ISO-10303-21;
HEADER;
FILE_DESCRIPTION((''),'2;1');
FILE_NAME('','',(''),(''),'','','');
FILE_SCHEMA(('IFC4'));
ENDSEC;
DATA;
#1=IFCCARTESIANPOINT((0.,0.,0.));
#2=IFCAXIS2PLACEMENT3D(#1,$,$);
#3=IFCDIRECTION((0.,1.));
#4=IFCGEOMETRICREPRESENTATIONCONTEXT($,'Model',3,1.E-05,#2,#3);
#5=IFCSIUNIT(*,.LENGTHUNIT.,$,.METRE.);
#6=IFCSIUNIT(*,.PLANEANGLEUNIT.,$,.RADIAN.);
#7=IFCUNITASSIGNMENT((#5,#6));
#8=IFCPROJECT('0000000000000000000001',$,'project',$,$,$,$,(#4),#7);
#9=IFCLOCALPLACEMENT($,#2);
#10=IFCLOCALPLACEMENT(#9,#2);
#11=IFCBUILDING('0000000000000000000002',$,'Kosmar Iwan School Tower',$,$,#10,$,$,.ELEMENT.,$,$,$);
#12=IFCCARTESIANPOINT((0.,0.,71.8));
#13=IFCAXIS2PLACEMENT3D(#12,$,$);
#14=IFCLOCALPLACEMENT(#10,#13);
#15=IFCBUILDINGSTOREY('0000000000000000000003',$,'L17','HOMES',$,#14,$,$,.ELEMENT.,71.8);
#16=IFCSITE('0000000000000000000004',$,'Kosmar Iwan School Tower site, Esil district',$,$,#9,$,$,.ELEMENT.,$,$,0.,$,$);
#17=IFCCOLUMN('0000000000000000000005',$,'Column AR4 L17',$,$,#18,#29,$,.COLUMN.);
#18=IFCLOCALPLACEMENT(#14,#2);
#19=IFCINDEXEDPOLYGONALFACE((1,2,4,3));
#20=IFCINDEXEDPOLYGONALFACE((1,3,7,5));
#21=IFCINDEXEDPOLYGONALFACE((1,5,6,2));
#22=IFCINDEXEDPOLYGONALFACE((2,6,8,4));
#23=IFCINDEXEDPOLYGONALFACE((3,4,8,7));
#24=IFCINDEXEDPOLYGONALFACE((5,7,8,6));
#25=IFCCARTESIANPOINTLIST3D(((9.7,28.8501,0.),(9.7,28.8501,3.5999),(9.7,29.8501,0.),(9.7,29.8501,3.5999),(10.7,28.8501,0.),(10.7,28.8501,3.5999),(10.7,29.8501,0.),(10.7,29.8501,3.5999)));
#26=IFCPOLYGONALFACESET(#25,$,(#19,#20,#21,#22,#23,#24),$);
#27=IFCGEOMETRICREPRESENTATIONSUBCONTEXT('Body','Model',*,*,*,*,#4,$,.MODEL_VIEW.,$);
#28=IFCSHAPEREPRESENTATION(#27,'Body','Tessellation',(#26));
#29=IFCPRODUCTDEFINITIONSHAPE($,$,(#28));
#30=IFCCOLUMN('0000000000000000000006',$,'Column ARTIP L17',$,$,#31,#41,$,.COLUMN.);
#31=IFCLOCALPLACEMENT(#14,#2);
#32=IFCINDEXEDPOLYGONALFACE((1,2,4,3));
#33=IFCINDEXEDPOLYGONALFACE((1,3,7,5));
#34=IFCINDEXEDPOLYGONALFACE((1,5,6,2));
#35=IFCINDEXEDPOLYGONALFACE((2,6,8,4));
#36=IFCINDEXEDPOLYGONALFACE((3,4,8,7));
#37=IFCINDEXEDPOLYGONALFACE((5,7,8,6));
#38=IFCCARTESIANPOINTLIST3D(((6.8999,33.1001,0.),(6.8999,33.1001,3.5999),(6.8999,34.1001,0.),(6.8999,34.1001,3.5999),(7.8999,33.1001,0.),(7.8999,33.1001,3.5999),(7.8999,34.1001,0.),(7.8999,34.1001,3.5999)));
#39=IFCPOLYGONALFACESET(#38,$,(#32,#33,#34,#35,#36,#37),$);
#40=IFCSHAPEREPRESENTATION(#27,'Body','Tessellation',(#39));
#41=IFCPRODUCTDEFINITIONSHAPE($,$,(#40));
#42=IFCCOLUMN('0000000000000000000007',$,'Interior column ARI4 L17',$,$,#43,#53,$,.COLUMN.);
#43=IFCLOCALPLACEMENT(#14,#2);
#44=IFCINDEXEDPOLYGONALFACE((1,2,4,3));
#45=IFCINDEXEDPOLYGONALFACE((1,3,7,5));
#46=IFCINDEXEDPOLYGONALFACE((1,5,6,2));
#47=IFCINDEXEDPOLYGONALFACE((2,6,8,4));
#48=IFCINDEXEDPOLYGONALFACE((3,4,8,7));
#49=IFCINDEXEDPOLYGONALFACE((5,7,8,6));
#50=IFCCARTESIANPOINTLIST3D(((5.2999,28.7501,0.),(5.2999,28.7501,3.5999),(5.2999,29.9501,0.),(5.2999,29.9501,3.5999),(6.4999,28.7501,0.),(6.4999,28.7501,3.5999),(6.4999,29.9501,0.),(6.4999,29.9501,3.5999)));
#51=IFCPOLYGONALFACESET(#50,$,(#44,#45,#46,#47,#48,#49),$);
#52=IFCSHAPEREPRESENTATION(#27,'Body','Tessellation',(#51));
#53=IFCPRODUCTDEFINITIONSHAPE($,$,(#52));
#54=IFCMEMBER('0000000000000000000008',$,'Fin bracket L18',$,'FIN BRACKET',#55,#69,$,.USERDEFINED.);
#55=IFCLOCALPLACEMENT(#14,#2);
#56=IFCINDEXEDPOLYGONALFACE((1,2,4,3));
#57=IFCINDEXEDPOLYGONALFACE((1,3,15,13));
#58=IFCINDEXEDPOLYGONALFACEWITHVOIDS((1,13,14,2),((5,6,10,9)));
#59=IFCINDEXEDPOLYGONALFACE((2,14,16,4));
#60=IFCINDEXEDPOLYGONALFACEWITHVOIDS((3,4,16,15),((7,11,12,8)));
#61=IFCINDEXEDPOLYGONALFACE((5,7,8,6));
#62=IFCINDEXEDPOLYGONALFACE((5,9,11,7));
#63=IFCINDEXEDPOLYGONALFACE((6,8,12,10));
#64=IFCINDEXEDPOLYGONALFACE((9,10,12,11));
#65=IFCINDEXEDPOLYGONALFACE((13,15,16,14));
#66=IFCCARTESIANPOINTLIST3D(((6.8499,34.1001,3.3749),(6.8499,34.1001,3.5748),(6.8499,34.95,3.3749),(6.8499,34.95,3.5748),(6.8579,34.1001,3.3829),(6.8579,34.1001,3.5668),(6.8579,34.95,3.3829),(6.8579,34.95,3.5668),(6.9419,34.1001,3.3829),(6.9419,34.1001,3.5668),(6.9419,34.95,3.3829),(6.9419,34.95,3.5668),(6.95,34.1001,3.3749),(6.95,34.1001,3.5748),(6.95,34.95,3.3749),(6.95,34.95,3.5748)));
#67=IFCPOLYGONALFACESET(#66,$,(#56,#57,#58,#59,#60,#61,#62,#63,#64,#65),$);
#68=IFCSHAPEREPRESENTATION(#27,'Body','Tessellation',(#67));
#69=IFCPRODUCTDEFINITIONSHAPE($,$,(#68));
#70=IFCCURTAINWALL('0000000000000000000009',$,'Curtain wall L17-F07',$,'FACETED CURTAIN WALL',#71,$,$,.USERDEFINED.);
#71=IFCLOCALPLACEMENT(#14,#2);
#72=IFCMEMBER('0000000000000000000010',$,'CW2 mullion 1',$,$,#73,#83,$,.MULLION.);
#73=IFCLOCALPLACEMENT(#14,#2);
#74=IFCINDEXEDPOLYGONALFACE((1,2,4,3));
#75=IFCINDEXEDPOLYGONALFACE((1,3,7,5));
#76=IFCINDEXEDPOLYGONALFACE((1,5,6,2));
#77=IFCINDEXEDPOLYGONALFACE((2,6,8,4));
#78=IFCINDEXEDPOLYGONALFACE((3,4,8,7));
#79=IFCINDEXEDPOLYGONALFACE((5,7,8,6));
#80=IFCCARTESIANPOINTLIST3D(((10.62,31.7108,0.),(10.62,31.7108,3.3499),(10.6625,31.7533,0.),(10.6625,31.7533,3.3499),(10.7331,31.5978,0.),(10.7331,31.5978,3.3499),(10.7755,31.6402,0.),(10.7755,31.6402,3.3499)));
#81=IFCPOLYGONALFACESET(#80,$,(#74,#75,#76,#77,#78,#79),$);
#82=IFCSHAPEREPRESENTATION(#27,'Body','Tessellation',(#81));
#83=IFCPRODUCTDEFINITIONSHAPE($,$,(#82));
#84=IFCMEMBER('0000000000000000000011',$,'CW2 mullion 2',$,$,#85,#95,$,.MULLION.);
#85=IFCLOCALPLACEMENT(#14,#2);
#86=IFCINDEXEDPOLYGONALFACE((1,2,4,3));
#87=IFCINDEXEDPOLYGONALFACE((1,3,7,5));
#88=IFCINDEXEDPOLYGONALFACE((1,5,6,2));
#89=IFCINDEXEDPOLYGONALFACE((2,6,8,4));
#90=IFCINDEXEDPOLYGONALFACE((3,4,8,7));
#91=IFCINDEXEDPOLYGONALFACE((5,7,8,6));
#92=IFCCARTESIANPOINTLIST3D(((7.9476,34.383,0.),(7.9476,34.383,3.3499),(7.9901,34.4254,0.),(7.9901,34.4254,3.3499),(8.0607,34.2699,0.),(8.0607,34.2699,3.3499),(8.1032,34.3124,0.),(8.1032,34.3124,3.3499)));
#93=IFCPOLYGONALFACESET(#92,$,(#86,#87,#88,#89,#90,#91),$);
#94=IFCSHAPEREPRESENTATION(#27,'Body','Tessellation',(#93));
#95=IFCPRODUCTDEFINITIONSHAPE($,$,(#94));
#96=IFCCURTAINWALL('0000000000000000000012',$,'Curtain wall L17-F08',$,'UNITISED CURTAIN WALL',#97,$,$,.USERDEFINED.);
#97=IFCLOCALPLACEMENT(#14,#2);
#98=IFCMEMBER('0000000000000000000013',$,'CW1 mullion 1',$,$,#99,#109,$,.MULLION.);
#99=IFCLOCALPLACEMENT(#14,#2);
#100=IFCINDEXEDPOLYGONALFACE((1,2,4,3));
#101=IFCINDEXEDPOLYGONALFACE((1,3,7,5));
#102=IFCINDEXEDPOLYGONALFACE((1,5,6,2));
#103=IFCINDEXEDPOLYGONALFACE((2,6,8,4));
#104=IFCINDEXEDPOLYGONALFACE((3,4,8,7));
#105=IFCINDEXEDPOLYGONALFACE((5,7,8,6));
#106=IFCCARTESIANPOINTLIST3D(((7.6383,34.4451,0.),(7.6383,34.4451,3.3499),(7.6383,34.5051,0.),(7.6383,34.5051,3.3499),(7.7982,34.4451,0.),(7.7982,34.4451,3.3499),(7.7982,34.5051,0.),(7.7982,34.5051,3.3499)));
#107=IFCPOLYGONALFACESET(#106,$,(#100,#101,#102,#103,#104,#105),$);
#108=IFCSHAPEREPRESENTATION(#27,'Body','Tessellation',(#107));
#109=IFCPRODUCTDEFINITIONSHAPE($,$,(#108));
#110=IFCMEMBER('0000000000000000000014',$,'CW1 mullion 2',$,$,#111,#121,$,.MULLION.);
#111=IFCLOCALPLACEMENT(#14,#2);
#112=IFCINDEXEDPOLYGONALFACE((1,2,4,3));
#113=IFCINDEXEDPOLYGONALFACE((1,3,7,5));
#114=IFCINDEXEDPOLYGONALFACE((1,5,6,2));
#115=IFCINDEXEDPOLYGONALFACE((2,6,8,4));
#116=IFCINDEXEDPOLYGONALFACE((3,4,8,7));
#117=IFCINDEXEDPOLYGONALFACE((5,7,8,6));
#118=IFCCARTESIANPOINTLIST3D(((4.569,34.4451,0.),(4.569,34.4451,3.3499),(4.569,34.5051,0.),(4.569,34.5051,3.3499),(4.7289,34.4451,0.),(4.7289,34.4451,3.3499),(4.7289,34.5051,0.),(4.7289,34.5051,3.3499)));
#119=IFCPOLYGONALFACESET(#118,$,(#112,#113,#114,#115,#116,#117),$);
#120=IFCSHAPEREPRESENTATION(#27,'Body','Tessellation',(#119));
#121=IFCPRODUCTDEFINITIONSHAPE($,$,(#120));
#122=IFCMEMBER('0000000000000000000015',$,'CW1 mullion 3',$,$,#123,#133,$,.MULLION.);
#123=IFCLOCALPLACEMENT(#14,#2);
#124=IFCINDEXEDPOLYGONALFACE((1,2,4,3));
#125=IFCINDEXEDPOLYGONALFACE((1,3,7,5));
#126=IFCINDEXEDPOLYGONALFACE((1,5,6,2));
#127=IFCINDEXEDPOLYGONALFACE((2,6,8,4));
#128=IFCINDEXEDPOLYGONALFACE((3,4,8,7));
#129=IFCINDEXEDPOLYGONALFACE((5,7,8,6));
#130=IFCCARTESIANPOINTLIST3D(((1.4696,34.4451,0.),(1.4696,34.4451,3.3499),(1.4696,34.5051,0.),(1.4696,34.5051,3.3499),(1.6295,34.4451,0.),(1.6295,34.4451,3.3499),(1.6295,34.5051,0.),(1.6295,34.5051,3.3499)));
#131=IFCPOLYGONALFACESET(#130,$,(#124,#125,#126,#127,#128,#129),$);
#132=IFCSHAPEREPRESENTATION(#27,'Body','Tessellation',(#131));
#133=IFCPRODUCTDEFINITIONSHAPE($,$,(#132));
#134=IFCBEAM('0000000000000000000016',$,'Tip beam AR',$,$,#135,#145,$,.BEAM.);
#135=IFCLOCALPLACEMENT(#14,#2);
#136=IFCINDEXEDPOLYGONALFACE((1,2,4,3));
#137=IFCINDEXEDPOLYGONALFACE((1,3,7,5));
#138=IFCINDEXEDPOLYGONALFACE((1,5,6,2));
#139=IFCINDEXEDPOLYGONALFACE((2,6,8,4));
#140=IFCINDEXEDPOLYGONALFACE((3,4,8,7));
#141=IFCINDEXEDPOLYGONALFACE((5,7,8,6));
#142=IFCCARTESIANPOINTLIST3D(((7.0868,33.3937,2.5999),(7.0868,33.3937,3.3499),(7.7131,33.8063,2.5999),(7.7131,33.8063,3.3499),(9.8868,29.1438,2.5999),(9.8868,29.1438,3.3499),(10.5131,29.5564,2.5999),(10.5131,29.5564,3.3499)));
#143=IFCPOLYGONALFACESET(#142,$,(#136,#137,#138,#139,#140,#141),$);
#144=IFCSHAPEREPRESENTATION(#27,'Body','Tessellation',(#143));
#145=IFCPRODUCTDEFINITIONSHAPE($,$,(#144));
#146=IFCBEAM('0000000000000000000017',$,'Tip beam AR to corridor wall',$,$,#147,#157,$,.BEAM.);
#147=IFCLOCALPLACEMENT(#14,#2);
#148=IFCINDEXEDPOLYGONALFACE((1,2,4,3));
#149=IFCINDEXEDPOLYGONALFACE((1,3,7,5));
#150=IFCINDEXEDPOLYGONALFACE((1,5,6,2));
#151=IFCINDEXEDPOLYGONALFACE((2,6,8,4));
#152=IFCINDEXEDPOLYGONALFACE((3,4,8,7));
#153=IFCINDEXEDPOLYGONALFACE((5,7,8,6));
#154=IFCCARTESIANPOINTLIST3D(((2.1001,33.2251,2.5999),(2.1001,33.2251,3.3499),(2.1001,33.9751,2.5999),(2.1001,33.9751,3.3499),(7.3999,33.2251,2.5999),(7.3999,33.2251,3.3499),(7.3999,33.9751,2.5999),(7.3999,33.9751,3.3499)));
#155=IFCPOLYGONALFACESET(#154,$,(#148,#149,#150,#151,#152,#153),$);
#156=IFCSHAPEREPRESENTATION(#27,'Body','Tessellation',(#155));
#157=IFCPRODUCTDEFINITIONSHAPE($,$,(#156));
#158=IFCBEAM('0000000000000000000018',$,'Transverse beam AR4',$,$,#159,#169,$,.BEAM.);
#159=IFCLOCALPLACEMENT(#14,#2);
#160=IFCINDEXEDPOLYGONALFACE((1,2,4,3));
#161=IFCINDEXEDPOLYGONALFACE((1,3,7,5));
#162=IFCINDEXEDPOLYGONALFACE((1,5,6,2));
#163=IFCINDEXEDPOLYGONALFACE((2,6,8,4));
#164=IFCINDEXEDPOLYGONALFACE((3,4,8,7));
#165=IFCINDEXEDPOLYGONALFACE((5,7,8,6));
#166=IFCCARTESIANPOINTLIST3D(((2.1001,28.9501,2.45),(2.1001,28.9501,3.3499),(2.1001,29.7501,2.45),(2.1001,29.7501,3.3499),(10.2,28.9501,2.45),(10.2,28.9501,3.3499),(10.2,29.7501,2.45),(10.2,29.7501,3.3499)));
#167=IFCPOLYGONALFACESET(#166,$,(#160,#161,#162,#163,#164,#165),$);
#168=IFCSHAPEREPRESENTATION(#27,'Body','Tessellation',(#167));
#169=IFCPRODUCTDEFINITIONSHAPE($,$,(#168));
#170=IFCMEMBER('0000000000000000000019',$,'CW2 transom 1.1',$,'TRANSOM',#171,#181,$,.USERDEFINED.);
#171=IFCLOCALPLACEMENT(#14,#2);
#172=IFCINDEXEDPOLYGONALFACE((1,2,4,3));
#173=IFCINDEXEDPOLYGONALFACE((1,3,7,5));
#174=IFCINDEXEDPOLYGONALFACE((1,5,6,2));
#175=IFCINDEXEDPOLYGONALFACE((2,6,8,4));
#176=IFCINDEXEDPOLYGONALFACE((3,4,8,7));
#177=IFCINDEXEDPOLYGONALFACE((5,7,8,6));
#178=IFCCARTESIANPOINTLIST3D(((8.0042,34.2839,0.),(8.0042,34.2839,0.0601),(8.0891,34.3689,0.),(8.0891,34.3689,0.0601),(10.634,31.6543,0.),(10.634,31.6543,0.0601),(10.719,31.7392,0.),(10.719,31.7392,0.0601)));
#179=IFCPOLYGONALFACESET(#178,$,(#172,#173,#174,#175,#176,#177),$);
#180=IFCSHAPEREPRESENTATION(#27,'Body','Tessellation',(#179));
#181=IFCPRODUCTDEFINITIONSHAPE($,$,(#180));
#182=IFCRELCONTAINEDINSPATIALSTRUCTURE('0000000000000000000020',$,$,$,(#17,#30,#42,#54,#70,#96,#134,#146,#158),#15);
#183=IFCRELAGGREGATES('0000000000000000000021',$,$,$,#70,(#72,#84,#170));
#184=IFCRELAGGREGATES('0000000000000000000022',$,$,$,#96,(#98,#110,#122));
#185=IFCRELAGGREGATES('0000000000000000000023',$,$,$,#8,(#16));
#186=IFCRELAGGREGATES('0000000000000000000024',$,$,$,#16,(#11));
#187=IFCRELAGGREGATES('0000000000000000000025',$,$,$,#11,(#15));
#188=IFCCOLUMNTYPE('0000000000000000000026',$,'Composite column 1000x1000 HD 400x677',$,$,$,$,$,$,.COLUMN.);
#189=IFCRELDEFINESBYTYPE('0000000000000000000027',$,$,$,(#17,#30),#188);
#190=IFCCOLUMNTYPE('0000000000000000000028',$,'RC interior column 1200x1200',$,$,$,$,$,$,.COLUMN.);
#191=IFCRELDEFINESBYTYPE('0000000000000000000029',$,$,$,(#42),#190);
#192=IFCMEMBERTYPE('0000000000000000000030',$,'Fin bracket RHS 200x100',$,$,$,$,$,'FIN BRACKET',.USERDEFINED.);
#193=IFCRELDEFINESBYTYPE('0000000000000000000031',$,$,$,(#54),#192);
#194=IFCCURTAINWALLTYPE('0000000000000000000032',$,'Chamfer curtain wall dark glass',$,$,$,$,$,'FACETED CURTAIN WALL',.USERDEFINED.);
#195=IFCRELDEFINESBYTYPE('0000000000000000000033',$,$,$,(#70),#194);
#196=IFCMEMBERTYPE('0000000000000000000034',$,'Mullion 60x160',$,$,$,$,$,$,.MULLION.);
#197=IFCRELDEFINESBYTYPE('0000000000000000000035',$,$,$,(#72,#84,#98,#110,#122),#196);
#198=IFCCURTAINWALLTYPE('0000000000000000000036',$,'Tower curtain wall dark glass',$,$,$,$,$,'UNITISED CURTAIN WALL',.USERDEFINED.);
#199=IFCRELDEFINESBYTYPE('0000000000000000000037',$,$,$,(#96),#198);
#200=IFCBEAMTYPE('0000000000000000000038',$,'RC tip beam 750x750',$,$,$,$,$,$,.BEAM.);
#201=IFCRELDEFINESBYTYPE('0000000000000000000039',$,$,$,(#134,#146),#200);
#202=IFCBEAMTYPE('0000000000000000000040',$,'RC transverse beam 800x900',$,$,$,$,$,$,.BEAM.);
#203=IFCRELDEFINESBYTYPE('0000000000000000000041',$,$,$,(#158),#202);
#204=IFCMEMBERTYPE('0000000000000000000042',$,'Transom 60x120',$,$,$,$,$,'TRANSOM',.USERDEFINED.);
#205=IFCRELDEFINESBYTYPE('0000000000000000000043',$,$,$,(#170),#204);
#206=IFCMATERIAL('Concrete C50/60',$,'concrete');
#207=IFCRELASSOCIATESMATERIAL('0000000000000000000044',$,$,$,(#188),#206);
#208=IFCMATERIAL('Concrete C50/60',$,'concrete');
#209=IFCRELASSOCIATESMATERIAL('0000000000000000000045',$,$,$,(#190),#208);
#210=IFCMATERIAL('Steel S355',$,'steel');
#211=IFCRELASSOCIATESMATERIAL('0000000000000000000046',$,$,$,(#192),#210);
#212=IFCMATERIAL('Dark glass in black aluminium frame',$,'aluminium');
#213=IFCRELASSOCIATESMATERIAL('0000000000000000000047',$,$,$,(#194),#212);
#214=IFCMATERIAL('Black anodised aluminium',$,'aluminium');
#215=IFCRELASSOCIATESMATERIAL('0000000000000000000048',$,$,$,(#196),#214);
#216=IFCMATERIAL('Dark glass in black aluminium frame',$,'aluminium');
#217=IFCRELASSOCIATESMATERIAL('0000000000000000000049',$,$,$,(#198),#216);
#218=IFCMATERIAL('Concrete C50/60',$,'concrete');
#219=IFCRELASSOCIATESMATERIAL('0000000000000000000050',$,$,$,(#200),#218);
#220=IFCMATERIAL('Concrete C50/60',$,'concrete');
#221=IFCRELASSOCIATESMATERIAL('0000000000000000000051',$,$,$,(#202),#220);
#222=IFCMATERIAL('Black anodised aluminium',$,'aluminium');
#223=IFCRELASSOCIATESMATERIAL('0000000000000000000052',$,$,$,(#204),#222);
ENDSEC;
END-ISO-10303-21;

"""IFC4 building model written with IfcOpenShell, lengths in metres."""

from ifc_helpers import new_model, si_unit, direction, frame, origin, origin_2d, place, context, subcontext, project, spatial, rectangle, hollow_rectangle, extrude, material, material_profile, profile_set, type_object, element, aggregate, save


model = new_model("IFC4")

# Units and contexts
model_context = context("Model", 3, precision=1e-05, world=origin(), true_north=direction((0.0, 1.0)))
body_context = subcontext(model_context, "Body", "Model", "MODEL_VIEW")
ifc_project = project(units=[si_unit("LENGTHUNIT", "METRE"), si_unit("PLANEANGLEUNIT", "RADIAN")], contexts=[model_context])

# Site, building, storey
site_placement = place(None, origin())
site = spatial("IfcSite", under=ifc_project, at=site_placement, Name="Kosmar Iwan School Tower site, Esil district", CompositionType="ELEMENT", RefElevation=0.0)
building_placement = place(site_placement, origin())
building = spatial("IfcBuilding", under=site, at=building_placement, Name="Kosmar Iwan School Tower", CompositionType="ELEMENT")
storey_placement = place(building_placement, frame((0.0, 0.0, 71.8)))
storey = spatial("IfcBuildingStorey", under=building, at=storey_placement, Name="L17", Description="HOMES", CompositionType="ELEMENT", Elevation=71.8)

# Columns
ifc_material_1 = material(Name="Concrete C50/60", Category="concrete")
ifc_material_profile_1 = material_profile(ifc_material_1, rectangle(XDim=1.0, YDim=1.0, at=origin_2d()), Name="RC 1000x1000 + HD 400x677")
ifc_profile_set_1 = profile_set([ifc_material_profile_1], Name="Concrete C50/60")
column_type_1 = type_object("IfcColumnType", Name="Composite column 1000x1000 HD 400x677", PredefinedType="COLUMN", material=ifc_profile_set_1)
for number, where, z_axis, x_axis, name in (
    (1, (10.2, 29.3501, 0.0), (0.0, 0.0, 1.0), (0.0, 1.0, 0.0), "Column AR4 L17"),
    (2, (7.3999, 33.6001, 0.0), (0.0, 0.0, 1.0), (0.0, 1.0, 0.0), "Column ARTIP L17"),
):
    element("IfcColumn", number, at=place(storey_placement, frame(where, z_axis=z_axis, x_axis=x_axis)), inside=storey, type_object=column_type_1, Name=name, PredefinedType="COLUMN", context=body_context, shape_type="SweptSolid", body=[
        extrude(rectangle(XDim=1.0, YDim=1.0, at=origin_2d()), origin(), (0.0, 0.0, 1.0), 3.5999),
    ])
ifc_material_2 = material(Name="Concrete C50/60", Category="concrete")
ifc_material_profile_2 = material_profile(ifc_material_2, rectangle(XDim=1.2, YDim=1.2, at=origin_2d()), Name="RC 1200x1200")
ifc_profile_set_2 = profile_set([ifc_material_profile_2], Name="Concrete C50/60")
column_type_2 = type_object("IfcColumnType", Name="RC interior column 1200x1200", PredefinedType="COLUMN", material=ifc_profile_set_2)
column_placement = place(storey_placement, frame((5.8999, 29.3501, 0.0), z_axis=(0.0, 0.0, 1.0), x_axis=(0.0, 1.0, 0.0)))
element("IfcColumn", 3, at=column_placement, inside=storey, type_object=column_type_2, Name="Interior column ARI4 L17", PredefinedType="COLUMN", context=body_context, shape_type="SweptSolid", body=[
    extrude(rectangle(XDim=1.2, YDim=1.2, at=origin_2d()), origin(), (0.0, 0.0, 1.0), 3.5999),
])

# Member
ifc_material_3 = material(Name="Steel S355", Category="steel")
ifc_material_profile_3 = material_profile(ifc_material_3, hollow_rectangle(XDim=0.1001, YDim=0.2, WallThickness=0.0081, at=origin_2d()), Name="RHS 200x100x8")
ifc_profile_set_3 = profile_set([ifc_material_profile_3], Name="Steel S355")
member_type_1 = type_object("IfcMemberType", Name="Fin bracket RHS 200x100", ElementType="FIN BRACKET", PredefinedType="USERDEFINED", material=ifc_profile_set_3)
member_1_placement = place(storey_placement, frame((6.8999, 34.1001, 3.4749), z_axis=(0.0, 1.0, 0.0), x_axis=(-1.0, 0.0, 0.0)))
element("IfcMember", 4, at=member_1_placement, inside=storey, type_object=member_type_1, Name="Fin bracket L18", ObjectType="FIN BRACKET", PredefinedType="USERDEFINED", context=body_context, shape_type="SweptSolid", body=[
    extrude(hollow_rectangle(XDim=0.1001, YDim=0.2, WallThickness=0.0081, at=origin_2d()), origin(), (0.0, 0.0, 1.0), 0.8499),
])

# Curtain walls, members
ifc_material_4 = material(Name="Dark glass in black aluminium frame", Category="aluminium")
curtain_wall_type_1 = type_object("IfcCurtainWallType", Name="Chamfer curtain wall dark glass", ElementType="FACETED CURTAIN WALL", PredefinedType="USERDEFINED", material=ifc_material_4)
curtain_wall_1_placement = place(storey_placement, origin())
curtain_wall_1 = element("IfcCurtainWall", 5, at=curtain_wall_1_placement, inside=storey, type_object=curtain_wall_type_1, Name="Curtain wall L17-F07", ObjectType="FACETED CURTAIN WALL", PredefinedType="USERDEFINED")
ifc_material_5 = material(Name="Black anodised aluminium", Category="aluminium")
ifc_material_profile_4 = material_profile(ifc_material_5, rectangle(XDim=0.0601, YDim=0.1599, at=origin_2d()), Name="MULLION 60x160")
ifc_profile_set_4 = profile_set([ifc_material_profile_4], Name="Black anodised aluminium")
member_type_2 = type_object("IfcMemberType", Name="Mullion 60x160", PredefinedType="MULLION", material=ifc_profile_set_4)
member_2_placement = place(storey_placement, frame((10.6978, 31.6755, 0.0), z_axis=(0.0, 0.0, 1.0), x_axis=(-0.707107, -0.707107, 0.0)))
member_2 = element("IfcMember", 6, at=member_2_placement, type_object=member_type_2, Name="CW2 mullion 1", PredefinedType="MULLION", context=body_context, shape_type="SweptSolid", body=[
    extrude(rectangle(XDim=0.0601, YDim=0.1599, at=origin_2d()), origin(), (0.0, 0.0, 1.0), 3.3499),
])
member_3_placement = place(storey_placement, frame((8.0254, 34.3477, 0.0), z_axis=(0.0, 0.0, 1.0), x_axis=(-0.707107, -0.707107, 0.0)))
member_3 = element("IfcMember", 7, at=member_3_placement, type_object=member_type_2, Name="CW2 mullion 2", PredefinedType="MULLION", context=body_context, shape_type="SweptSolid", body=[
    extrude(rectangle(XDim=0.0601, YDim=0.1599, at=origin_2d()), origin(), (0.0, 0.0, 1.0), 3.3499),
])
ifc_material_6 = material(Name="Dark glass in black aluminium frame", Category="aluminium")
curtain_wall_type_2 = type_object("IfcCurtainWallType", Name="Tower curtain wall dark glass", ElementType="UNITISED CURTAIN WALL", PredefinedType="USERDEFINED", material=ifc_material_6)
curtain_wall_2_placement = place(storey_placement, origin())
curtain_wall_2 = element("IfcCurtainWall", 8, at=curtain_wall_2_placement, inside=storey, type_object=curtain_wall_type_2, Name="Curtain wall L17-F08", ObjectType="UNITISED CURTAIN WALL", PredefinedType="USERDEFINED")
member_4_placement = place(storey_placement, frame((7.7183, 34.4751, 0.0), z_axis=(0.0, 0.0, 1.0), x_axis=(0.0, -1.0, 0.0)))
member_4 = element("IfcMember", 9, at=member_4_placement, type_object=member_type_2, Name="CW1 mullion 1", PredefinedType="MULLION", context=body_context, shape_type="SweptSolid", body=[
    extrude(rectangle(XDim=0.0601, YDim=0.1599, at=origin_2d()), origin(), (0.0, 0.0, 1.0), 3.3499),
])
member_5_placement = place(storey_placement, frame((4.6489, 34.4751, 0.0), z_axis=(0.0, 0.0, 1.0), x_axis=(0.0, -1.0, 0.0)))
member_5 = element("IfcMember", 10, at=member_5_placement, type_object=member_type_2, Name="CW1 mullion 2", PredefinedType="MULLION", context=body_context, shape_type="SweptSolid", body=[
    extrude(rectangle(XDim=0.0601, YDim=0.1599, at=origin_2d()), origin(), (0.0, 0.0, 1.0), 3.3499),
])
member_6_placement = place(storey_placement, frame((1.5496, 34.4751, 0.0), z_axis=(0.0, 0.0, 1.0), x_axis=(0.0, -1.0, 0.0)))
member_6 = element("IfcMember", 11, at=member_6_placement, type_object=member_type_2, Name="CW1 mullion 3", PredefinedType="MULLION", context=body_context, shape_type="SweptSolid", body=[
    extrude(rectangle(XDim=0.0601, YDim=0.1599, at=origin_2d()), origin(), (0.0, 0.0, 1.0), 3.3499),
])

# Beams
ifc_material_7 = material(Name="Concrete C50/60", Category="concrete")
ifc_material_profile_5 = material_profile(ifc_material_7, rectangle(XDim=0.75, YDim=0.75, at=origin_2d()), Name="RC 750x750")
ifc_profile_set_5 = profile_set([ifc_material_profile_5], Name="Concrete C50/60")
beam_type_1 = type_object("IfcBeamType", Name="RC tip beam 750x750", PredefinedType="BEAM", material=ifc_profile_set_5)
beam_1_placement = place(storey_placement, frame((10.2, 29.3501, 2.9749), z_axis=(-0.550164, 0.835056, 0.0), x_axis=(-0.835056, -0.550164, 0.0)))
element("IfcBeam", 12, at=beam_1_placement, inside=storey, type_object=beam_type_1, Name="Tip beam AR", PredefinedType="BEAM", context=body_context, shape_type="SweptSolid", body=[
    extrude(rectangle(XDim=0.75, YDim=0.75, at=origin_2d()), origin(), (0.0, 0.0, 1.0), 5.0894),
])
beam_2_placement = place(storey_placement, frame((7.3999, 33.6001, 2.9749), z_axis=(-1.0, 0.0, 0.0), x_axis=(0.0, -1.0, 0.0)))
element("IfcBeam", 13, at=beam_2_placement, inside=storey, type_object=beam_type_1, Name="Tip beam AR to corridor wall", PredefinedType="BEAM", context=body_context, shape_type="SweptSolid", body=[
    extrude(rectangle(XDim=0.75, YDim=0.75, at=origin_2d()), origin(), (0.0, 0.0, 1.0), 5.2998),
])
ifc_material_8 = material(Name="Concrete C50/60", Category="concrete")
ifc_material_profile_6 = material_profile(ifc_material_8, rectangle(XDim=0.8, YDim=0.8999, at=origin_2d()), Name="RC 800x900")
ifc_profile_set_6 = profile_set([ifc_material_profile_6], Name="Concrete C50/60")
beam_type_2 = type_object("IfcBeamType", Name="RC transverse beam 800x900", PredefinedType="BEAM", material=ifc_profile_set_6)
beam_3_placement = place(storey_placement, frame((10.2, 29.3501, 2.8999), z_axis=(-1.0, 0.0, 0.0), x_axis=(0.0, -1.0, 0.0)))
element("IfcBeam", 14, at=beam_3_placement, inside=storey, type_object=beam_type_2, Name="Transverse beam AR4", PredefinedType="BEAM", context=body_context, shape_type="SweptSolid", body=[
    extrude(rectangle(XDim=0.8, YDim=0.8999, at=origin_2d()), origin(), (0.0, 0.0, 1.0), 8.0999),
])

# Member
ifc_material_9 = material(Name="Black anodised aluminium", Category="aluminium")
ifc_material_profile_7 = material_profile(ifc_material_9, rectangle(XDim=0.1201, YDim=0.0601, at=origin_2d()), Name="TRANSOM 60x120")
ifc_profile_set_7 = profile_set([ifc_material_profile_7], Name="Black anodised aluminium")
member_type_3 = type_object("IfcMemberType", Name="Transom 60x120", ElementType="TRANSOM", PredefinedType="USERDEFINED", material=ifc_profile_set_7)
member_7_placement = place(storey_placement, frame((10.6765, 31.6968, 0.03), z_axis=(-0.70714, 0.707074, 0.0), x_axis=(-0.707074, -0.70714, 0.0)))
member_7 = element("IfcMember", 15, at=member_7_placement, type_object=member_type_3, Name="CW2 transom 1.1", ObjectType="TRANSOM", PredefinedType="USERDEFINED", context=body_context, shape_type="SweptSolid", body=[
    extrude(rectangle(XDim=0.1201, YDim=0.0601, at=origin_2d()), origin(), (0.0, 0.0, 1.0), 3.719),
])

aggregate(curtain_wall_1, [member_2, member_3, member_7])
aggregate(curtain_wall_2, [member_4, member_5, member_6])

save(model, "model.ifc")
